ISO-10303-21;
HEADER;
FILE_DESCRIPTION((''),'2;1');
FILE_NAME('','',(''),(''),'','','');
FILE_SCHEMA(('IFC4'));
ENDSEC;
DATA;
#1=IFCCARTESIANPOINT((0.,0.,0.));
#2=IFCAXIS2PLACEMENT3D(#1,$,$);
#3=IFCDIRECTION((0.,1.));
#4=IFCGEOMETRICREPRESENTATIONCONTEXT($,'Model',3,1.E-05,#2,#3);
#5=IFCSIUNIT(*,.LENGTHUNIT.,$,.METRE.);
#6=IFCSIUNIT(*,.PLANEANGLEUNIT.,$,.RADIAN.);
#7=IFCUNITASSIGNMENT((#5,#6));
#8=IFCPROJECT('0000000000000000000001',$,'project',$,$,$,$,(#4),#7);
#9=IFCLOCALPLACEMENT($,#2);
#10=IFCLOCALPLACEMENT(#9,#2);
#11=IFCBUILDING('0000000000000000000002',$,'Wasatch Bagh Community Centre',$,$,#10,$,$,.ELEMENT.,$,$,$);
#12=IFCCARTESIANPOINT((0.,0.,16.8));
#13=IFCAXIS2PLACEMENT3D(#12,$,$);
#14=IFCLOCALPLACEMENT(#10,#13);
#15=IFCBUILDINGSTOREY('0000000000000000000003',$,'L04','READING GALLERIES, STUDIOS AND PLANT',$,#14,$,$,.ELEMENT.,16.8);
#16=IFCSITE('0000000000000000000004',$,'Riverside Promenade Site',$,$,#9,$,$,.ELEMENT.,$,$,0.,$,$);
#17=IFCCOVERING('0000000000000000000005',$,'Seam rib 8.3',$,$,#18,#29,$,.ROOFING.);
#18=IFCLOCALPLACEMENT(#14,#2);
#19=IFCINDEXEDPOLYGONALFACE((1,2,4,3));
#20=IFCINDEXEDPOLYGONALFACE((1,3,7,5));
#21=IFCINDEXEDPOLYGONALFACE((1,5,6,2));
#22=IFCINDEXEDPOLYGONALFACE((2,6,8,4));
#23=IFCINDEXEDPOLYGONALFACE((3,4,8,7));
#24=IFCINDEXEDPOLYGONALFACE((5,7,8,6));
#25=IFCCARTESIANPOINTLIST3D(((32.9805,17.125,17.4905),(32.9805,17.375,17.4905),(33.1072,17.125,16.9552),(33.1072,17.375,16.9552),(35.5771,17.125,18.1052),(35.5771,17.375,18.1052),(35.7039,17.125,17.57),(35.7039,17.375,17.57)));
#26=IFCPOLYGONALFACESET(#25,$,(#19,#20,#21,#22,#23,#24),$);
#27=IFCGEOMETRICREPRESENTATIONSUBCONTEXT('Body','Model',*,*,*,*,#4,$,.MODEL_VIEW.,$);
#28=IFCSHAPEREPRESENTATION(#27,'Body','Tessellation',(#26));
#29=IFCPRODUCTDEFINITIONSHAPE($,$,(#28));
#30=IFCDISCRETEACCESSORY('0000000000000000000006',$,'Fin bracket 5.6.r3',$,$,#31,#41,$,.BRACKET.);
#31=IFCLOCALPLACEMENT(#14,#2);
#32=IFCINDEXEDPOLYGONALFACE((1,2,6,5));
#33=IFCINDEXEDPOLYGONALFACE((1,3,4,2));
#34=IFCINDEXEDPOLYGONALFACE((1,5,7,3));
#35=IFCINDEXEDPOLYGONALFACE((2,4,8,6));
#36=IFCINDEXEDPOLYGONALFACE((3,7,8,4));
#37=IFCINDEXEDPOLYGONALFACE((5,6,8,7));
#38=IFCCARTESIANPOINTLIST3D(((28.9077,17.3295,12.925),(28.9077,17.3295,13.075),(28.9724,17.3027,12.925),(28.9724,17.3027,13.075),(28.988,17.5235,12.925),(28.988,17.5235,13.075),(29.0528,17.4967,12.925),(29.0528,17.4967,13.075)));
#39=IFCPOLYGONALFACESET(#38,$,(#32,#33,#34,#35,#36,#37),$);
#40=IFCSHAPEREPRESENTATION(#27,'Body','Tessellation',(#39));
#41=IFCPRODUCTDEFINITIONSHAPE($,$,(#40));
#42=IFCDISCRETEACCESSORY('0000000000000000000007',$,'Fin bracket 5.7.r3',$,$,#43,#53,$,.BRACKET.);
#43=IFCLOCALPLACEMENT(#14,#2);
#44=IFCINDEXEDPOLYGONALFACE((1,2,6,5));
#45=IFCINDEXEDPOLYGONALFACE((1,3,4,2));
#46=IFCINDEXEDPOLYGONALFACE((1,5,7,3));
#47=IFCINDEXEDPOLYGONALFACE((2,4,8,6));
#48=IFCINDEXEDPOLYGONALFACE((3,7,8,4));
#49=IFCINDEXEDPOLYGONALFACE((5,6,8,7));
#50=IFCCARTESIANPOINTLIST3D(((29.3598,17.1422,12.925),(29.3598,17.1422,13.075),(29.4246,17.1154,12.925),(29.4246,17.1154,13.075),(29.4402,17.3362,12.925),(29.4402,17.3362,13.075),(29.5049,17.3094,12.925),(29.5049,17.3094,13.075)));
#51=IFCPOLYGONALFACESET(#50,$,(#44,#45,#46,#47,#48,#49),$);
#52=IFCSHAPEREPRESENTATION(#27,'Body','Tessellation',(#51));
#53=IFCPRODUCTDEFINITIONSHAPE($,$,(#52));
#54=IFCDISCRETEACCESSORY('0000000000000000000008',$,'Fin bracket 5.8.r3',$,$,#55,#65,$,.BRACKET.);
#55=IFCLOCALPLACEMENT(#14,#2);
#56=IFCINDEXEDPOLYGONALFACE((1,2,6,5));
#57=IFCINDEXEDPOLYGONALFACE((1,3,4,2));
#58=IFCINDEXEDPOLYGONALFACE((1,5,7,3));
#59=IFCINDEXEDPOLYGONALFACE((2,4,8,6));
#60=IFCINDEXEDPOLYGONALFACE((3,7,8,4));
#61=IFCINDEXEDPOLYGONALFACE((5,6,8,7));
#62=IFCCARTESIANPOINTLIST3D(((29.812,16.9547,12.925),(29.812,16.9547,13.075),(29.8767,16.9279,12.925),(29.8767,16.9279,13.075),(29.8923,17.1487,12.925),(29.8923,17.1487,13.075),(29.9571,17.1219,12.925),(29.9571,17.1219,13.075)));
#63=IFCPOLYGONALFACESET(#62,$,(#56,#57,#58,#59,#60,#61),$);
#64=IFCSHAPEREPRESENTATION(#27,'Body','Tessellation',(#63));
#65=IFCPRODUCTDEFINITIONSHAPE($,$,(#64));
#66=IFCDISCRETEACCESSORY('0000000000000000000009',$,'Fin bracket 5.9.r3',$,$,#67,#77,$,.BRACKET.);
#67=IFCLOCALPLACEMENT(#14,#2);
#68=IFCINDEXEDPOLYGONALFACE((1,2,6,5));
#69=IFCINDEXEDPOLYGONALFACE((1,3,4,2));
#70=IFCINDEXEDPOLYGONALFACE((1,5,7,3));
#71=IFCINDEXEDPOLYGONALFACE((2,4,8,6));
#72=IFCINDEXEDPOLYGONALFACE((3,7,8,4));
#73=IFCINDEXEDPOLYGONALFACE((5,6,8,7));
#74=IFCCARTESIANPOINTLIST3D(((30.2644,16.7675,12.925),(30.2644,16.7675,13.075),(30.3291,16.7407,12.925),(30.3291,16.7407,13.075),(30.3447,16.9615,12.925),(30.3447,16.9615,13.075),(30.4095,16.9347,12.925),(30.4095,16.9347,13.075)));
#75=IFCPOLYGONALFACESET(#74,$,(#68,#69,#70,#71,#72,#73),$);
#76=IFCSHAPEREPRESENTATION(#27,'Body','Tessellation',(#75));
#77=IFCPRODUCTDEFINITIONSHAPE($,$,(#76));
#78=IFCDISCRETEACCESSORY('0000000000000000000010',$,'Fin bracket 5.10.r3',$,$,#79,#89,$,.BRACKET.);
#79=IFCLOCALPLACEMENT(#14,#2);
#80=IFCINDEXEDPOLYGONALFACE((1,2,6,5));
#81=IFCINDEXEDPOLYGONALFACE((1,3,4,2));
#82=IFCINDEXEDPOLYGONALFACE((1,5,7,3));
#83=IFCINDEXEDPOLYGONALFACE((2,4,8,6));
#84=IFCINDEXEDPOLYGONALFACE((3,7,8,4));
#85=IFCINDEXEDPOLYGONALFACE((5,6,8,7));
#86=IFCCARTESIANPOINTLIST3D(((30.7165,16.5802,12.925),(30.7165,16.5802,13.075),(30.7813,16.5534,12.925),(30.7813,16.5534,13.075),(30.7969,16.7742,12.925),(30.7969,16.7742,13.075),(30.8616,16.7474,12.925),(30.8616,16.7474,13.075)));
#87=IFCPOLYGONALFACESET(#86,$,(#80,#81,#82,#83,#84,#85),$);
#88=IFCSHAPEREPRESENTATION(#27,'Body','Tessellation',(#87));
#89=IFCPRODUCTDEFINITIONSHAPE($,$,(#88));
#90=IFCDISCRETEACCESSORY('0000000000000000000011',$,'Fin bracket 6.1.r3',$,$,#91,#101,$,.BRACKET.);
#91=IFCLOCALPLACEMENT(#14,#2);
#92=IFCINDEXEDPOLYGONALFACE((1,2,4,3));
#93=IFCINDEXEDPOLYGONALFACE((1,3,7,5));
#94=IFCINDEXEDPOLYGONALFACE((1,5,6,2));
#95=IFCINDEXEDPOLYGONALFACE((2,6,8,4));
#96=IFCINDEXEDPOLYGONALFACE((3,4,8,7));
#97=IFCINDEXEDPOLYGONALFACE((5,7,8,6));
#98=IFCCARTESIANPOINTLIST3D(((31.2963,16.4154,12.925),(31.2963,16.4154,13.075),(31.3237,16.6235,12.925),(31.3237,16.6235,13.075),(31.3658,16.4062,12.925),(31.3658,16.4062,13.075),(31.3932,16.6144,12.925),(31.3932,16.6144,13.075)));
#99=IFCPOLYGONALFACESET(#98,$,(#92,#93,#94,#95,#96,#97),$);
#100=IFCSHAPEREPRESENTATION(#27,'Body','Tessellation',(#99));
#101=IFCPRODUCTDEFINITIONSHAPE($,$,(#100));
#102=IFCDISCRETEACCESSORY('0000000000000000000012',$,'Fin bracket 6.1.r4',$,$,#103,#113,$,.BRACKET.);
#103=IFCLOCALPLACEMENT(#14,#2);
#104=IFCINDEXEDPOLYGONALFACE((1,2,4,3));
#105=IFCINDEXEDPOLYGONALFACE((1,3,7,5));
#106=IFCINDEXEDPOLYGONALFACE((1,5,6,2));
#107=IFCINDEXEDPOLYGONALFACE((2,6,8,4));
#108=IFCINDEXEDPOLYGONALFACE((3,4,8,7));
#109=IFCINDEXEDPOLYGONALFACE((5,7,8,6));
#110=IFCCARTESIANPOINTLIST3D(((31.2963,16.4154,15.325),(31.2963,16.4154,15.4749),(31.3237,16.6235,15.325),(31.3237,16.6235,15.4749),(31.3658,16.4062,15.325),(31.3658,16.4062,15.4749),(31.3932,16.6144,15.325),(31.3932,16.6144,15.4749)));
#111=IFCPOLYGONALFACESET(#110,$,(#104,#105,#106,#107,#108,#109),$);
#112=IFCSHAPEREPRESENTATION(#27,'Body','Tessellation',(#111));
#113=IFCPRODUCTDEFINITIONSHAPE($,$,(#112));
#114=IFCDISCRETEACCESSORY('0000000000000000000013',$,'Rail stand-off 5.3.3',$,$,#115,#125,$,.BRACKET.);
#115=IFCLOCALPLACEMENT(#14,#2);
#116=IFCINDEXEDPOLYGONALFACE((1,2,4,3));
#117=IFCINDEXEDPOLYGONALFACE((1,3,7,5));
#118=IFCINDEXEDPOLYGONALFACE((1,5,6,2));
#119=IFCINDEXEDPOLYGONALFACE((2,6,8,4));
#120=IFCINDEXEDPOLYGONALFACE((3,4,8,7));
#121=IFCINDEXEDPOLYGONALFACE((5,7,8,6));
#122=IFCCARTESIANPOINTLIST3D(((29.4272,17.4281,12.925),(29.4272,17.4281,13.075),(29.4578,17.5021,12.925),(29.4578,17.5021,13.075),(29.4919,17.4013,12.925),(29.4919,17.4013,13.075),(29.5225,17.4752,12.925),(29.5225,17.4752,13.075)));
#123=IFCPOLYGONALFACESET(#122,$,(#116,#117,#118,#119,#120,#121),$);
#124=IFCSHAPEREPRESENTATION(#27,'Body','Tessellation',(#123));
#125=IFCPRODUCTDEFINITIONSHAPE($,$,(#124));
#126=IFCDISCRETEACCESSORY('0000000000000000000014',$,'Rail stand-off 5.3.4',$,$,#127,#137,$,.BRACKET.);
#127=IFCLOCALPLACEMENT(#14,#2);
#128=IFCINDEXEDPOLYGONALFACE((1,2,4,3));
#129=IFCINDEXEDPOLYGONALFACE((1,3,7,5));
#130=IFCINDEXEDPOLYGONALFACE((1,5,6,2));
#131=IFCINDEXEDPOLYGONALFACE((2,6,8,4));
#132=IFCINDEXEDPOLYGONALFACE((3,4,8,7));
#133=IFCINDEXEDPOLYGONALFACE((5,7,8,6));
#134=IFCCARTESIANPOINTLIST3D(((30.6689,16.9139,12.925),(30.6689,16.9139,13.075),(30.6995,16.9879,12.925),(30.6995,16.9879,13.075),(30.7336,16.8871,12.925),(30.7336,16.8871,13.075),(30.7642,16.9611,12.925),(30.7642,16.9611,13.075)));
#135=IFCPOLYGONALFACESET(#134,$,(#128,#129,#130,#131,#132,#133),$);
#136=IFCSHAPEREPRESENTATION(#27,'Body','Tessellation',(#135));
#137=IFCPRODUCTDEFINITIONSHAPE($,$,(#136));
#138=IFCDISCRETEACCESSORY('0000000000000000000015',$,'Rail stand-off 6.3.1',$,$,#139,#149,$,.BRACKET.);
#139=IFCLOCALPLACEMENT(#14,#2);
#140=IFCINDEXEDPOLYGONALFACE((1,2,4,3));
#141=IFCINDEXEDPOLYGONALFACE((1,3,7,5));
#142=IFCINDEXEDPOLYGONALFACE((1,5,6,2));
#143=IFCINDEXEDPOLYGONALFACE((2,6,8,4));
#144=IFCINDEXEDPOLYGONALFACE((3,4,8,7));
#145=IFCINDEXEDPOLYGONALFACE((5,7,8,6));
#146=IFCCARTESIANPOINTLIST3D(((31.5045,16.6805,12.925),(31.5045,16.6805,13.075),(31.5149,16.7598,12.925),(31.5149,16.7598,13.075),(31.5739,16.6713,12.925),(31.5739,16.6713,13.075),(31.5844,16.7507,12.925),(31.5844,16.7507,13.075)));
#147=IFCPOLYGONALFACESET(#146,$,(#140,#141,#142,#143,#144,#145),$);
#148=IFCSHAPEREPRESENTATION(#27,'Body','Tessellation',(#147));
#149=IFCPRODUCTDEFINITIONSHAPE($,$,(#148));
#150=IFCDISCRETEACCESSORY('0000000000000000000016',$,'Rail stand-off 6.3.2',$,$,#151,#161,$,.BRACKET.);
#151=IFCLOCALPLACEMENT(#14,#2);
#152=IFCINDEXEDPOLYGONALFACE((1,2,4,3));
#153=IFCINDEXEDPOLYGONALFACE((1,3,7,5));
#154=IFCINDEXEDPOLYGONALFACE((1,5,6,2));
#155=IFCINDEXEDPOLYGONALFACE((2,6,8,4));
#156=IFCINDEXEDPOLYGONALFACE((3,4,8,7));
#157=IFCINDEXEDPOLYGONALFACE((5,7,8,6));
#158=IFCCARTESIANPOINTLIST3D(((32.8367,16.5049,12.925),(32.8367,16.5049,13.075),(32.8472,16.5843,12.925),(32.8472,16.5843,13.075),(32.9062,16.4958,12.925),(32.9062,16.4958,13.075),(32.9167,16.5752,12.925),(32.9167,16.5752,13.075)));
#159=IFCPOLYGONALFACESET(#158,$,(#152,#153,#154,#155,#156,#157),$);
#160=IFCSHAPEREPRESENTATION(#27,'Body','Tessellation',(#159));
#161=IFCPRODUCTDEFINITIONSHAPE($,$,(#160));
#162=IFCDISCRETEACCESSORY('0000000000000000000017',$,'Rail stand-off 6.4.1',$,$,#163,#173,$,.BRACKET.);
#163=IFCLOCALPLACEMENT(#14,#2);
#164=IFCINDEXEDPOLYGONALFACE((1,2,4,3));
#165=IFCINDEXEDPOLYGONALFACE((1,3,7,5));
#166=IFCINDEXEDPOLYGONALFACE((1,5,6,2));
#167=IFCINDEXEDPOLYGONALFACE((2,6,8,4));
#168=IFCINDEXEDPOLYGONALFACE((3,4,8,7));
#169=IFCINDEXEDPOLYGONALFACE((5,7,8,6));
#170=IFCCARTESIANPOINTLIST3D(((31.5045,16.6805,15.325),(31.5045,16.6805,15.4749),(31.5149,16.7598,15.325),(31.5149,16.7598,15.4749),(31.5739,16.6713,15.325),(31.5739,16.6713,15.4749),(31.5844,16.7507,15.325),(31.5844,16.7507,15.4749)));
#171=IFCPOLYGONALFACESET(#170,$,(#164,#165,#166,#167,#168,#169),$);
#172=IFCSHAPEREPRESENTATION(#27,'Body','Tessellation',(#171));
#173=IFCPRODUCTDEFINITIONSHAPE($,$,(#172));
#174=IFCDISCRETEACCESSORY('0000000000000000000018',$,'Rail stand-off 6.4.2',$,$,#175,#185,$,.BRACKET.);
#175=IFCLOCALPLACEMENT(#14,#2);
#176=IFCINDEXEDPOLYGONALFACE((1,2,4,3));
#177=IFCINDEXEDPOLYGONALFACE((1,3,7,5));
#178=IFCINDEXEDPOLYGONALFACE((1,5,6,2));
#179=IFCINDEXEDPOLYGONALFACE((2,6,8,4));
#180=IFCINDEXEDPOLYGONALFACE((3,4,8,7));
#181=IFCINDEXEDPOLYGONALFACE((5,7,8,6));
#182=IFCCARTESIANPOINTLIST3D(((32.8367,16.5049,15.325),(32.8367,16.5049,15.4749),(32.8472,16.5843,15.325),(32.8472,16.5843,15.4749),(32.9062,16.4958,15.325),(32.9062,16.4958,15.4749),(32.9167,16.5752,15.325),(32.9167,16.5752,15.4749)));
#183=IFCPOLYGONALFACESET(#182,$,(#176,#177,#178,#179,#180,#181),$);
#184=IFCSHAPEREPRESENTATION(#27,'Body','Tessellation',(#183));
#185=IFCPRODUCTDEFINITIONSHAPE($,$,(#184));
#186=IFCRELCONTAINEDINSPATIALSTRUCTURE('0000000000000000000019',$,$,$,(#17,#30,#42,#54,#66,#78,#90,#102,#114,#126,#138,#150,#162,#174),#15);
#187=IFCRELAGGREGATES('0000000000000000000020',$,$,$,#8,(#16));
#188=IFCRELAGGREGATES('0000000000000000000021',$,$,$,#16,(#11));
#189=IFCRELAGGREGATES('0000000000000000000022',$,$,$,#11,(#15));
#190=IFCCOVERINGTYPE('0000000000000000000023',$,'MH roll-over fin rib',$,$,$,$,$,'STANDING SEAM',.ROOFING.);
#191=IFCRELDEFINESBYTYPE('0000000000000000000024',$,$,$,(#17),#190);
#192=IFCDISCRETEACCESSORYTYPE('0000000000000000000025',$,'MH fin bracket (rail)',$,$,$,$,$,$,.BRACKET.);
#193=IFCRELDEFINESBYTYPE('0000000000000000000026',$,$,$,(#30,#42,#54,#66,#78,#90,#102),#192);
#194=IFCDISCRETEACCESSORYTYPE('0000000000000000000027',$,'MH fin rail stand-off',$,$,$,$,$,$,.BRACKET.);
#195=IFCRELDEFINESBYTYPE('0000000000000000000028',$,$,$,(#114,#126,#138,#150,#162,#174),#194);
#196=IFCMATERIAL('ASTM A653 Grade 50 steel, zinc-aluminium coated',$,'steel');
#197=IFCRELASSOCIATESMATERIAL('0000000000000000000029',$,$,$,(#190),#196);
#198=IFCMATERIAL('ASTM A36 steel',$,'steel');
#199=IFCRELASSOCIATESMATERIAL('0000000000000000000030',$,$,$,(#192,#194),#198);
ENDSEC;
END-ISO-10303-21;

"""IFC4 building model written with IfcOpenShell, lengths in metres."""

from ifc_helpers import new_model, si_unit, direction, frame, origin, origin_2d, place, context, subcontext, project, spatial, polyline, rectangle, outline, extrude, material, type_object, element, save


model = new_model("IFC4")

# Units and contexts
model_context = context("Model", 3, precision=1e-05, world=origin(), true_north=direction((0.0, 1.0)))
body_context = subcontext(model_context, "Body", "Model", "MODEL_VIEW")
ifc_project = project(units=[si_unit("LENGTHUNIT", "METRE"), si_unit("PLANEANGLEUNIT", "RADIAN")], contexts=[model_context])

# Site, building, storey
site_placement = place(None, origin())
site = spatial("IfcSite", under=ifc_project, at=site_placement, Name="Riverside Promenade Site", CompositionType="ELEMENT", RefElevation=0.0)
building_placement = place(site_placement, origin())
building = spatial("IfcBuilding", under=site, at=building_placement, Name="Wasatch Bagh Community Centre", CompositionType="ELEMENT")
storey_placement = place(building_placement, frame((0.0, 0.0, 16.8)))
storey = spatial("IfcBuildingStorey", under=building, at=storey_placement, Name="L04", Description="READING GALLERIES, STUDIOS AND PLANT", CompositionType="ELEMENT", Elevation=16.8)

# Covering
ifc_material_1 = material(Name="ASTM A653 Grade 50 steel, zinc-aluminium coated", Category="steel")
covering_type_1 = type_object("IfcCoveringType", Name="MH roll-over fin rib", ElementType="STANDING SEAM", PredefinedType="ROOFING", material=ifc_material_1)
covering_1_placement = place(storey_placement, frame((32.9805, 17.125, 17.4905), z_axis=(-0.230375, 0.0, 0.973102), x_axis=(0.973102, 0.0, 0.230375)))
element("IfcCovering", 1, at=covering_1_placement, inside=storey, type_object=covering_type_1, Name="Seam rib 8.3", PredefinedType="ROOFING", context=body_context, shape_type="SweptSolid", body=[
    extrude(outline(polyline([(0.0, 0.0), (2.6685, 0.0), (2.6685, 0.25), (0.0, 0.25), (0.0, 0.0)])), origin(), (0.0, 0.0, -1.0), 0.55),
])

# Discrete accessories
ifc_material_2 = material(Name="ASTM A36 steel", Category="steel")
discrete_accessory_type_1 = type_object("IfcDiscreteAccessoryType", Name="MH fin bracket (rail)", PredefinedType="BRACKET", material=ifc_material_2)
for number, where, z_axis, x_axis, name in (
    (2, (28.9802, 17.4131, 12.925), (0.0, 0.0, 1.0), (0.92388, -0.382683, 0.0), "Fin bracket 5.6.r3"),
    (3, (29.4324, 17.2258, 12.925), (0.0, 0.0, 1.0), (0.92388, -0.382683, 0.0), "Fin bracket 5.7.r3"),
    (4, (29.8845, 17.0383, 12.925), (0.0, 0.0, 1.0), (0.92388, -0.382683, 0.0), "Fin bracket 5.8.r3"),
    (5, (30.3369, 16.8511, 12.925), (0.0, 0.0, 1.0), (0.92388, -0.382683, 0.0), "Fin bracket 5.9.r3"),
    (6, (30.7891, 16.6638, 12.925), (0.0, 0.0, 1.0), (0.92388, -0.382683, 0.0), "Fin bracket 5.10.r3"),
    (7, (31.3447, 16.5149, 12.925), (0.0, 0.0, 1.0), (0.991445, -0.130526, 0.0), "Fin bracket 6.1.r3"),
    (8, (31.3447, 16.5149, 15.325), (0.0, 0.0, 1.0), (0.991445, -0.130526, 0.0), "Fin bracket 6.1.r4"),
):
    element("IfcDiscreteAccessory", number, at=place(storey_placement, frame(where, z_axis=z_axis, x_axis=x_axis)), inside=storey, type_object=discrete_accessory_type_1, Name=name, PredefinedType="BRACKET", context=body_context, shape_type="SweptSolid", body=[
        extrude(rectangle(XDim=0.0701, YDim=0.21, at=origin_2d()), origin(), (0.0, 0.0, 1.0), 0.1499),
    ])
discrete_accessory_type_2 = type_object("IfcDiscreteAccessoryType", Name="MH fin rail stand-off", PredefinedType="BRACKET", material=ifc_material_2)
for number, where, z_axis, x_axis, name in (
    (9, (29.4749, 17.4517, 12.925), (0.0, 0.0, 1.0), (0.92388, -0.382683, 0.0), "Rail stand-off 5.3.3"),
    (10, (30.7166, 16.9375, 12.925), (0.0, 0.0, 1.0), (0.92388, -0.382683, 0.0), "Rail stand-off 5.3.4"),
    (11, (31.5444, 16.7156, 12.925), (0.0, 0.0, 1.0), (0.991445, -0.130526, 0.0), "Rail stand-off 6.3.1"),
    (12, (32.8767, 16.54, 12.925), (0.0, 0.0, 1.0), (0.991445, -0.130526, 0.0), "Rail stand-off 6.3.2"),
    (13, (31.5444, 16.7156, 15.325), (0.0, 0.0, 1.0), (0.991445, -0.130526, 0.0), "Rail stand-off 6.4.1"),
    (14, (32.8767, 16.54, 15.325), (0.0, 0.0, 1.0), (0.991445, -0.130526, 0.0), "Rail stand-off 6.4.2"),
):
    element("IfcDiscreteAccessory", number, at=place(storey_placement, frame(where, z_axis=z_axis, x_axis=x_axis)), inside=storey, type_object=discrete_accessory_type_2, Name=name, PredefinedType="BRACKET", context=body_context, shape_type="SweptSolid", body=[
        extrude(rectangle(XDim=0.0701, YDim=0.0801, at=origin_2d()), origin(), (0.0, 0.0, 1.0), 0.1499),
    ])

save(model, "model.ifc")
